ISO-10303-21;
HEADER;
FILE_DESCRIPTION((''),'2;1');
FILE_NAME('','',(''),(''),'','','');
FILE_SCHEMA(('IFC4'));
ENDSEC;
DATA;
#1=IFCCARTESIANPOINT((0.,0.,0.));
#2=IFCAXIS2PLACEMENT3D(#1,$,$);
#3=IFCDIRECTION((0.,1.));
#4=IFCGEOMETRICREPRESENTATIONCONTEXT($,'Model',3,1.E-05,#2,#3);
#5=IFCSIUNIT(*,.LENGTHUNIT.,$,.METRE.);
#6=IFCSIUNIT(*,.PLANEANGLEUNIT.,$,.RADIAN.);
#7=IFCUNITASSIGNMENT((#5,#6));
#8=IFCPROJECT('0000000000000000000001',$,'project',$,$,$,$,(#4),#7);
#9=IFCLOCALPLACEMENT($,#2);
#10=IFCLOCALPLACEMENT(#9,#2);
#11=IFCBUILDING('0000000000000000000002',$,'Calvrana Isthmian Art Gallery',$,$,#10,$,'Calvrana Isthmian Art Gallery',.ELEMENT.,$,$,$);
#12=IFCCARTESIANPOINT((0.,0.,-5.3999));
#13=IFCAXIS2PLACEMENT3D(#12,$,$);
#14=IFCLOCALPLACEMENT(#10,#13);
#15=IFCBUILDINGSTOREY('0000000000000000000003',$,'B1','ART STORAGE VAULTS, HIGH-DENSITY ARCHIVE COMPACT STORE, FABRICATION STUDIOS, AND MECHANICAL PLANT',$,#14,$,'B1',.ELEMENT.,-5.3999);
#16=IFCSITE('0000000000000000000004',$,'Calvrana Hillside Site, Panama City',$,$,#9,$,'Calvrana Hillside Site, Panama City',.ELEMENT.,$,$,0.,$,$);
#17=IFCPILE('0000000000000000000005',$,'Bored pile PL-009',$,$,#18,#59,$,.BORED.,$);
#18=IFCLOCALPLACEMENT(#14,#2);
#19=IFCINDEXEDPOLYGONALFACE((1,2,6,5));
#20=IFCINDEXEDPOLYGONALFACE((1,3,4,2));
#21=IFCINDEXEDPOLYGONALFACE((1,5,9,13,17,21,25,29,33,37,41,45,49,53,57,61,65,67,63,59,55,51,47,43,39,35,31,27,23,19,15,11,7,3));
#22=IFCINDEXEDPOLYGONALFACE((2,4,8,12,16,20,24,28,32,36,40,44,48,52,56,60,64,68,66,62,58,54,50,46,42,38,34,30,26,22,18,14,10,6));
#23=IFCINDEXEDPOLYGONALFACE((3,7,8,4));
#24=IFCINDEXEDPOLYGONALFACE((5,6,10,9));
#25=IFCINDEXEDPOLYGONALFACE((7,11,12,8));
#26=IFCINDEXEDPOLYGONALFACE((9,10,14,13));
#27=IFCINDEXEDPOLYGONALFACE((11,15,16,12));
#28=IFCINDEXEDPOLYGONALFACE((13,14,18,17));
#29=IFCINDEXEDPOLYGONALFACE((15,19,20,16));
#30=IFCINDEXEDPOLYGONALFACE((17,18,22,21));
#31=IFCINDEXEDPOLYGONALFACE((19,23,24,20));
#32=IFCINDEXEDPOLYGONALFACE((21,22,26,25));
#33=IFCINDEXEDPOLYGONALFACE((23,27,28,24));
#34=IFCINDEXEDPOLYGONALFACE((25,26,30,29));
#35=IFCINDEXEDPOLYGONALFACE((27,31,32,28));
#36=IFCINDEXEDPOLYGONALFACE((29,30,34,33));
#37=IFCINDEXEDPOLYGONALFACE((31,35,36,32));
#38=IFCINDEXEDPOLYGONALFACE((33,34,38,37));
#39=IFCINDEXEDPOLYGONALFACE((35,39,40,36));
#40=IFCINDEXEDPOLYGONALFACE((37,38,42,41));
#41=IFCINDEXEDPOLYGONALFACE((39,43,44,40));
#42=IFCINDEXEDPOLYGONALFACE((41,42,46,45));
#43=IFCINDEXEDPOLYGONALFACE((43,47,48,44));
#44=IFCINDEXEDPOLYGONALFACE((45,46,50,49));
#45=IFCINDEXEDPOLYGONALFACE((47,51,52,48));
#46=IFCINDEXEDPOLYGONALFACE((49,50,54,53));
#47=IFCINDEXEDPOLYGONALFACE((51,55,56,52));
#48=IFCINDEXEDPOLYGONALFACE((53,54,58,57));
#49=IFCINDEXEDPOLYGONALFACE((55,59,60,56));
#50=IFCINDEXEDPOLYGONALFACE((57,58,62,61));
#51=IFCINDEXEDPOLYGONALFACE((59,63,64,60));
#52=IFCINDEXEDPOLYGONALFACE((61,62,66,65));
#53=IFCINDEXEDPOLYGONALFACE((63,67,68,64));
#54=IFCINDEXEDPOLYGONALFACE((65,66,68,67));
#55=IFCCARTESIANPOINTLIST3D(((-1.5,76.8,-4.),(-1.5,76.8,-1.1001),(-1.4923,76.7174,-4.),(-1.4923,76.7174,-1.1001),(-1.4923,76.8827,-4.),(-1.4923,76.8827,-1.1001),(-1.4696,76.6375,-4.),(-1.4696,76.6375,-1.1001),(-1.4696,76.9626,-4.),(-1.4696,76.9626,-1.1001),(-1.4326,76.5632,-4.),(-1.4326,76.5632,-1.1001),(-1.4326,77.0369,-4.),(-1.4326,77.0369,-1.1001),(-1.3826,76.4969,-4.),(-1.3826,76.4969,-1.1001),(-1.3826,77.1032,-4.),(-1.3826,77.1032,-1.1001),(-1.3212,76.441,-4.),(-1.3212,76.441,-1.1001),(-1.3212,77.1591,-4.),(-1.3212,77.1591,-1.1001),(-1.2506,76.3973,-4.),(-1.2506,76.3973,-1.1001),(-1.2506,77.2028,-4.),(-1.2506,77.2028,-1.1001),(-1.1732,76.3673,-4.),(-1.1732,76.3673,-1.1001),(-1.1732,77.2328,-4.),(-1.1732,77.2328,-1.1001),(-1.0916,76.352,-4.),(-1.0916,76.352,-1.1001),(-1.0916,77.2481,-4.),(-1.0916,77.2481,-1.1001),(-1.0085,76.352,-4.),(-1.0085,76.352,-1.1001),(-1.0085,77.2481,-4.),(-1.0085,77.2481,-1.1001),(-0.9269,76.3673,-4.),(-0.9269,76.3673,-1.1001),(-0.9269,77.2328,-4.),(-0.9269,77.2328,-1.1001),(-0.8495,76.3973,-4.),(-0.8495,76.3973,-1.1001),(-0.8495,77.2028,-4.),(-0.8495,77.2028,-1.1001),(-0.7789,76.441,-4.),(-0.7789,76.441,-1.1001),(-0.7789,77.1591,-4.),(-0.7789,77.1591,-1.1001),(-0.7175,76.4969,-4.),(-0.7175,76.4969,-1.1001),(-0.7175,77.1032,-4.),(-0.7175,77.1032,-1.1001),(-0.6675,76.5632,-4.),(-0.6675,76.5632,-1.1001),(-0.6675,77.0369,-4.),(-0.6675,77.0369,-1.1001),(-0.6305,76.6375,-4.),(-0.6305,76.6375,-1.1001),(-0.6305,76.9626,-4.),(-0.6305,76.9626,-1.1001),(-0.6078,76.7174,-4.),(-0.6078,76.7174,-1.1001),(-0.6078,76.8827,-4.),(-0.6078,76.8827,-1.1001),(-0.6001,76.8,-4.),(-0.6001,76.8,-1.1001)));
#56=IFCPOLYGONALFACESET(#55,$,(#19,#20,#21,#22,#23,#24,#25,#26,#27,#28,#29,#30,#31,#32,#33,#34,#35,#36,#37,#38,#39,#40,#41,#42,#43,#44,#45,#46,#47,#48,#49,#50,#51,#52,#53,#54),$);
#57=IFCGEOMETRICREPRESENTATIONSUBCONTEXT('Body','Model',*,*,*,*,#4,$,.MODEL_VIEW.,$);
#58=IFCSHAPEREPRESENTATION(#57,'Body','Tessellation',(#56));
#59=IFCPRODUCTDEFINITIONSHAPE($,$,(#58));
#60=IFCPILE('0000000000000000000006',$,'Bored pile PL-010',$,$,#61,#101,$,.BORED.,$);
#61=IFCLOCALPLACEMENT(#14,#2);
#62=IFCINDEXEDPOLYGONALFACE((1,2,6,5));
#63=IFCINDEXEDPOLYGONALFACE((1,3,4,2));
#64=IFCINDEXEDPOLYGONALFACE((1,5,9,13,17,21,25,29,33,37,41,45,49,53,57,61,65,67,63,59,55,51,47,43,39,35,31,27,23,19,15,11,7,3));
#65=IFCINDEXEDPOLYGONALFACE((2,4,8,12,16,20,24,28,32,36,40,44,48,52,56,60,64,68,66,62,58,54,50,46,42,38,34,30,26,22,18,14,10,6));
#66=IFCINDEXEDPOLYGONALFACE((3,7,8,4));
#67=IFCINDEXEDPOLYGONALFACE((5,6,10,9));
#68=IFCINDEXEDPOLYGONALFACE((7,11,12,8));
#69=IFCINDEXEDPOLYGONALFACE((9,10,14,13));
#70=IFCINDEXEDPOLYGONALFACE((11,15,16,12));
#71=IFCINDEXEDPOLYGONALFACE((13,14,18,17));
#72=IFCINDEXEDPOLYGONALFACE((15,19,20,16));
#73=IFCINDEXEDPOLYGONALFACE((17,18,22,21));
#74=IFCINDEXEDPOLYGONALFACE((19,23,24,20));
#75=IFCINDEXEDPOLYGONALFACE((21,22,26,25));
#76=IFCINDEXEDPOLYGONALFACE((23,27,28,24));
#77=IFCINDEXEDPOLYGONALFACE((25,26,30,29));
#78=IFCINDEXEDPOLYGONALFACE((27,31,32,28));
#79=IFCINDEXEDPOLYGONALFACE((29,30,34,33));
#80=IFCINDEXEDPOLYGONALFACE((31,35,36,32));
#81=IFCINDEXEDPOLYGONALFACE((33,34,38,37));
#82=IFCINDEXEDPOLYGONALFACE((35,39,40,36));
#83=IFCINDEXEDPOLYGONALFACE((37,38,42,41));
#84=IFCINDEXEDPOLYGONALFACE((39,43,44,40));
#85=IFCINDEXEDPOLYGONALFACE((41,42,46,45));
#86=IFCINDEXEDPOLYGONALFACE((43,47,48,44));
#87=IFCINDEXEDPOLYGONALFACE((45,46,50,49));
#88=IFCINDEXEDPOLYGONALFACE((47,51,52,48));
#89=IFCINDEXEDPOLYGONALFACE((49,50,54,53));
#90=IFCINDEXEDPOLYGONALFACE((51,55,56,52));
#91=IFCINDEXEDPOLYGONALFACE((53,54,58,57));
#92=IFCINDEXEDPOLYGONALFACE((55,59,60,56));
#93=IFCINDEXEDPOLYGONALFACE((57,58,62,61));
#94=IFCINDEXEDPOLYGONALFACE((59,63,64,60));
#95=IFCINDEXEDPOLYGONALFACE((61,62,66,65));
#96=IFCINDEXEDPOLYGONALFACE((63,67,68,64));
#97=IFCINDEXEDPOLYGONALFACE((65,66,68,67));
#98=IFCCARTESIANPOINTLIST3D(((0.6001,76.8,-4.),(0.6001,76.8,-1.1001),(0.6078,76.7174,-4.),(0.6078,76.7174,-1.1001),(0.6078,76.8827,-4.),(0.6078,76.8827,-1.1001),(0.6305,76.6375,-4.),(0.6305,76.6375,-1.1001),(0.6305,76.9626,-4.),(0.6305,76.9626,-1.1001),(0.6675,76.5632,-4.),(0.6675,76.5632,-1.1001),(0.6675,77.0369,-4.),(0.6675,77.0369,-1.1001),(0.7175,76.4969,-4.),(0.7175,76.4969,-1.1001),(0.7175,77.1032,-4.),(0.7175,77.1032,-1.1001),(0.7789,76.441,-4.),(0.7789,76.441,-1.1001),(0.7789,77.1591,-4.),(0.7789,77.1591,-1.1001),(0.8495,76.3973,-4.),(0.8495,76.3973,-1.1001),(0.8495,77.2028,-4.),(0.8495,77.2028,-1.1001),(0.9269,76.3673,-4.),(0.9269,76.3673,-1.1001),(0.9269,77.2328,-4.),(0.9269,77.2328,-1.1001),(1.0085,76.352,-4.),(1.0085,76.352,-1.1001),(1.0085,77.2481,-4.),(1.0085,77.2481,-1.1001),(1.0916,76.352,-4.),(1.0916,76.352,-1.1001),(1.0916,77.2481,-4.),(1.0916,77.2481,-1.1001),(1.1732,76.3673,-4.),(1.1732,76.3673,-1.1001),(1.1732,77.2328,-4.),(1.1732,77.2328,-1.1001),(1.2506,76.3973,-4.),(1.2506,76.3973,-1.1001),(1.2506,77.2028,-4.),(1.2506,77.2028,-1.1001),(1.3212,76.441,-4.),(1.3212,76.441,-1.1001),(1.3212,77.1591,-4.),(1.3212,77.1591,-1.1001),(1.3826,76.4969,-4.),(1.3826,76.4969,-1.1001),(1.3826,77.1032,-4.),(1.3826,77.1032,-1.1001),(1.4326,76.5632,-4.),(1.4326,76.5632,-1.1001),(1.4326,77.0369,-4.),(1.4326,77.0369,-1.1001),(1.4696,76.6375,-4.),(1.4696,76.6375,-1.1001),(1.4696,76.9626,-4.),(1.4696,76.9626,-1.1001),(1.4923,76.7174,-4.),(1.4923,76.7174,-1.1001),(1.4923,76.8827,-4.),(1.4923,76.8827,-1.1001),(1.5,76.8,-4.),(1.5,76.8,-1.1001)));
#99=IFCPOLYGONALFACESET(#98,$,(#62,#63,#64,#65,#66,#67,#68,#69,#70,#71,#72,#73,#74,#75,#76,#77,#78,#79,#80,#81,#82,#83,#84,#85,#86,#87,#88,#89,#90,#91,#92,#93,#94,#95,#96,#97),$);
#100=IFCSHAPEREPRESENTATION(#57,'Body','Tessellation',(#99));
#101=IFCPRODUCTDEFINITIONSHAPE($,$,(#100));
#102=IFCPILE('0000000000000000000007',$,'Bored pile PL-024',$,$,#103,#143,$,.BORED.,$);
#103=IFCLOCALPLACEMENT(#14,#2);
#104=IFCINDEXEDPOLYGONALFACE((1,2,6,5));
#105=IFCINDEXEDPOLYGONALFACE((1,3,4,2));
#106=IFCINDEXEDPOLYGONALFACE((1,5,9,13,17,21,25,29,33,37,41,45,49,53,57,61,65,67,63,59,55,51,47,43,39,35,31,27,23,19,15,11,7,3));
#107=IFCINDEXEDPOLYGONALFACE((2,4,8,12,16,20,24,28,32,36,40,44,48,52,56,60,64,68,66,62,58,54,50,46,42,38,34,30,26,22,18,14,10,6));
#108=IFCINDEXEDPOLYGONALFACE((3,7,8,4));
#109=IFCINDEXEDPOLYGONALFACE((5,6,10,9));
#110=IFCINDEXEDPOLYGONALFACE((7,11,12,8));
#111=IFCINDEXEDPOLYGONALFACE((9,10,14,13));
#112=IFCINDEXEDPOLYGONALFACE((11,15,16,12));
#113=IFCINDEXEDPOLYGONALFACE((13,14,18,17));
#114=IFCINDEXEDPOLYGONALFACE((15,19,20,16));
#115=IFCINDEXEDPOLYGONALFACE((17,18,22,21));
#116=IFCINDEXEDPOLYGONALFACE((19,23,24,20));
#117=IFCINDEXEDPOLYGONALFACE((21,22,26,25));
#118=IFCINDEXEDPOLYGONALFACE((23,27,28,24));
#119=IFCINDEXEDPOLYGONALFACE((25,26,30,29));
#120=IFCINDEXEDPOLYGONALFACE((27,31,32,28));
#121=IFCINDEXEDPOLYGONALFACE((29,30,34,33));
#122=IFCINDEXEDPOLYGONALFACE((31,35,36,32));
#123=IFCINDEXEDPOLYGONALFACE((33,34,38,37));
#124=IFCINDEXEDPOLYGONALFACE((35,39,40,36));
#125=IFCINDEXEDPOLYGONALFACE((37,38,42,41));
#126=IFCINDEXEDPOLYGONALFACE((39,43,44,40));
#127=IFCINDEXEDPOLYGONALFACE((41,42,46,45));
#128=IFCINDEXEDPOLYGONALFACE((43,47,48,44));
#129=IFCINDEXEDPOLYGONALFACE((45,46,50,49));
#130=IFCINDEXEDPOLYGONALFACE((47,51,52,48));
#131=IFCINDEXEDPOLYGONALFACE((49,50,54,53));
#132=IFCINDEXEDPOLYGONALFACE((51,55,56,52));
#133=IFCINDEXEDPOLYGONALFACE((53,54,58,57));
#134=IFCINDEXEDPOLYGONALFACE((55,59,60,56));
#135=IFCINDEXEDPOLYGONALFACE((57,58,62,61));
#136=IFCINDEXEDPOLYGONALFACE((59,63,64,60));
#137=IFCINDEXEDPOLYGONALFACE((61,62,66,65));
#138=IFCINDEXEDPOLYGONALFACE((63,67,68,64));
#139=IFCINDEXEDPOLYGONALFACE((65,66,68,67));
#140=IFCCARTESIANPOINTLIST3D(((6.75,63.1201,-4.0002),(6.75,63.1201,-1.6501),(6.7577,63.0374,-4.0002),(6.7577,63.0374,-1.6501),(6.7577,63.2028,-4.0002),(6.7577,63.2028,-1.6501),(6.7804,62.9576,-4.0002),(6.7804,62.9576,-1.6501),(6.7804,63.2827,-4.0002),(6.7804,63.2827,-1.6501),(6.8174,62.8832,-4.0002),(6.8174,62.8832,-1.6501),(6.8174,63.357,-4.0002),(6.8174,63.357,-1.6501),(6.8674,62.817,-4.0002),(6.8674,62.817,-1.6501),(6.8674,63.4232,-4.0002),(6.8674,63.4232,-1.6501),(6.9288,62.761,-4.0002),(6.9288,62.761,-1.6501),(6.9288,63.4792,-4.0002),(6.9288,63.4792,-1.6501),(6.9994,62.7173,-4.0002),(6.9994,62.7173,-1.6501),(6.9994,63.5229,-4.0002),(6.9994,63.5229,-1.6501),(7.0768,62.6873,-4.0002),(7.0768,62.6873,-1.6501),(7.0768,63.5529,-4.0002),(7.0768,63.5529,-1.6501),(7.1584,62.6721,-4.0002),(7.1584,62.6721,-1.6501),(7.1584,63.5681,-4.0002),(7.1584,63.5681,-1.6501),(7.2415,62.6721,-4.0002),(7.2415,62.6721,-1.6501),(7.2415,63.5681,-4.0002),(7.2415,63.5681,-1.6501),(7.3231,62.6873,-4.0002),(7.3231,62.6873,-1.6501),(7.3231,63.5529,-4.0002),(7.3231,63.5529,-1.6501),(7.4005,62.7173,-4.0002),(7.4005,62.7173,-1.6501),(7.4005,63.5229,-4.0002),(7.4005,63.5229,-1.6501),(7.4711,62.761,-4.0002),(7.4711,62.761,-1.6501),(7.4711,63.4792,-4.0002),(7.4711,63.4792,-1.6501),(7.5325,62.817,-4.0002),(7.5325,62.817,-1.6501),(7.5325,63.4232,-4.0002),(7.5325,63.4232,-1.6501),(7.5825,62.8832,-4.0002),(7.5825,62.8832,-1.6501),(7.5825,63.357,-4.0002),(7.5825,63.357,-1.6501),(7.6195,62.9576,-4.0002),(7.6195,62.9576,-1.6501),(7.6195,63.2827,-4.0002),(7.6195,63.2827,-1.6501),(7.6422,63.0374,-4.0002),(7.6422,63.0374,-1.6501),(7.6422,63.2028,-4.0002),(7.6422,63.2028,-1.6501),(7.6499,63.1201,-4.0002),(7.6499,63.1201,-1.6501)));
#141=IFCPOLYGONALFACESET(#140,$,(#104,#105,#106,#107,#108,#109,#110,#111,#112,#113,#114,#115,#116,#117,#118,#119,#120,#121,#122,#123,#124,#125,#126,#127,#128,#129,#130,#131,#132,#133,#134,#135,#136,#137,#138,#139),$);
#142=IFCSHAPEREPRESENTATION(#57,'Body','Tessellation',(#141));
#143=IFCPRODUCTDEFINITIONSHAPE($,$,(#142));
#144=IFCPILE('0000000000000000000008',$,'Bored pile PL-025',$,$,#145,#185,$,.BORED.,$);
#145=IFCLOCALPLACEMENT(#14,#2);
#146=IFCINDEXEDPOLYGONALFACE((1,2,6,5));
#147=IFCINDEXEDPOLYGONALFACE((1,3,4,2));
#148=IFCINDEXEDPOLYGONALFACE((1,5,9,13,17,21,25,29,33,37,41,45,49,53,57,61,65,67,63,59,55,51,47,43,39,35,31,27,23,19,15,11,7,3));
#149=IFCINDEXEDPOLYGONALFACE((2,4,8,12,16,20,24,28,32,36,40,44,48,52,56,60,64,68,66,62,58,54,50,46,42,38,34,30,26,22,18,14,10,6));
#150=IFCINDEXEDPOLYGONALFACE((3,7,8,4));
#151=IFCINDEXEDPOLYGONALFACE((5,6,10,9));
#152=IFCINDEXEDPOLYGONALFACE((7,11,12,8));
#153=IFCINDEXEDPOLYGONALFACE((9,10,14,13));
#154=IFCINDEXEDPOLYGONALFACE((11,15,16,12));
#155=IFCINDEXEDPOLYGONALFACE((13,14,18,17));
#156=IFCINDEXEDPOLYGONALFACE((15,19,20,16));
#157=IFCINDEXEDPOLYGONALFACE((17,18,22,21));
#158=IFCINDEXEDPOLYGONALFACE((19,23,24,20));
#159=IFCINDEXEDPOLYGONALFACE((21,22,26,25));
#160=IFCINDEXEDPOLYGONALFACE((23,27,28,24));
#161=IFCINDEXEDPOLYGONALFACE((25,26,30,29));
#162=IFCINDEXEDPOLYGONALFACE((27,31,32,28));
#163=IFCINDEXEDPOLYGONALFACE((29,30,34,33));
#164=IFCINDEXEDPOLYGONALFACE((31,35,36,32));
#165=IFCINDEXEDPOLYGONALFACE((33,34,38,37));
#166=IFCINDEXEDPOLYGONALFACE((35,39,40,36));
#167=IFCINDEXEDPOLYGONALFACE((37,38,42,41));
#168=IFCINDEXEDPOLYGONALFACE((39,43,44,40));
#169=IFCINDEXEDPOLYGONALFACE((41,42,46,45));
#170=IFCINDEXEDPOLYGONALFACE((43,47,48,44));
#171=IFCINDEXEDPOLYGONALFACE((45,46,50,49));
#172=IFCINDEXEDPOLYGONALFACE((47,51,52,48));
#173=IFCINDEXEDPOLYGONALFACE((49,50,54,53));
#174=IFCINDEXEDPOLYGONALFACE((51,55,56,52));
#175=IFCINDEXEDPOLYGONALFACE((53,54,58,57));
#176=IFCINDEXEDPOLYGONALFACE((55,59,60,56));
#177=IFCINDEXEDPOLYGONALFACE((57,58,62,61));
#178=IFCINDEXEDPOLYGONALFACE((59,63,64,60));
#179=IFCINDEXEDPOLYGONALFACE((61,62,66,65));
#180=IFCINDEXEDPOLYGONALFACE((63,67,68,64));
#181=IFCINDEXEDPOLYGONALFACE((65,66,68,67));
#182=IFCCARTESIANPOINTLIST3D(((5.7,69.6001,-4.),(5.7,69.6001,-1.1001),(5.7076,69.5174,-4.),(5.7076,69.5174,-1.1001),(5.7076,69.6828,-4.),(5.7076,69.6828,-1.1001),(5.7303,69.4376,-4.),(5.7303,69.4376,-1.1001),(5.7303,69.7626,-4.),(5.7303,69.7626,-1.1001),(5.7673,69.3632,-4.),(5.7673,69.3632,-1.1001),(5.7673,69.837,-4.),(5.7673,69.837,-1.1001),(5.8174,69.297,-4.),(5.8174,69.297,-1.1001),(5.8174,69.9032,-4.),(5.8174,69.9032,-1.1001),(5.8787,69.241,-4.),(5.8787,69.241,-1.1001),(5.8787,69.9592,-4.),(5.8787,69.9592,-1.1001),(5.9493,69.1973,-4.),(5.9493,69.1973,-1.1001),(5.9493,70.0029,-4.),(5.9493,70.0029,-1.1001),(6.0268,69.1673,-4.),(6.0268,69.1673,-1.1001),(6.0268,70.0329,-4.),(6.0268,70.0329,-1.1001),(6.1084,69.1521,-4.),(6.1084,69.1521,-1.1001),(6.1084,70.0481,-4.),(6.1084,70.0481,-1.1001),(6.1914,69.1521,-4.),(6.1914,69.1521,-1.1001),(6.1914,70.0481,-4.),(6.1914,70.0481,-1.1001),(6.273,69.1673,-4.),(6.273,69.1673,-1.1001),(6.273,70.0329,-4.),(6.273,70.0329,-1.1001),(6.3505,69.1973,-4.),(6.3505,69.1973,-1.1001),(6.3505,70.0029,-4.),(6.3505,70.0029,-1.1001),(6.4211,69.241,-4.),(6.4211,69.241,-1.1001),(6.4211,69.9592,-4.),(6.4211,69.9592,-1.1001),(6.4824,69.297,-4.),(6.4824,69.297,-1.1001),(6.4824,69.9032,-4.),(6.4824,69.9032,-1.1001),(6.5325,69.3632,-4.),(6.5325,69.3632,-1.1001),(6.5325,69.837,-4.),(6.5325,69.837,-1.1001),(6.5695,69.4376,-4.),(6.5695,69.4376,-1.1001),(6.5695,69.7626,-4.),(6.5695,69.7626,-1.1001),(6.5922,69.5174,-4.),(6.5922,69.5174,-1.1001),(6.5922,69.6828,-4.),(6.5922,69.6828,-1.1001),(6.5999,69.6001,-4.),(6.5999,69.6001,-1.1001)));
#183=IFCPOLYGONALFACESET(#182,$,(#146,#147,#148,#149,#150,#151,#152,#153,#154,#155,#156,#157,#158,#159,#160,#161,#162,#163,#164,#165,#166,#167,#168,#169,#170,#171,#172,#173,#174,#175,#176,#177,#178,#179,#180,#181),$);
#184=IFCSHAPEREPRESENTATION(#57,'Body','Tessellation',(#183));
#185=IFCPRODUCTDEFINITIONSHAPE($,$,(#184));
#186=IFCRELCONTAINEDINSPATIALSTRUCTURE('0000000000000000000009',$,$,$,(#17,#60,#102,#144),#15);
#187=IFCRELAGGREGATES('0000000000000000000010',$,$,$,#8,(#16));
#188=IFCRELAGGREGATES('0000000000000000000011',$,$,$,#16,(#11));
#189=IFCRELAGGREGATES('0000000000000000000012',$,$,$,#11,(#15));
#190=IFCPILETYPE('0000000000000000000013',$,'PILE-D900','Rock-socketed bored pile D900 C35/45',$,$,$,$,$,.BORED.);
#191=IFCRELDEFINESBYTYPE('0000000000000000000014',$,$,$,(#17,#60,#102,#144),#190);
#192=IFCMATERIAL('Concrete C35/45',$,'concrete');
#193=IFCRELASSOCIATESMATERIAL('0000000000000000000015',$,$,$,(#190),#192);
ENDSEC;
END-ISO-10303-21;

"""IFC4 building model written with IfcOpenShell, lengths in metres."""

from ifc_helpers import new_model, si_unit, direction, frame, origin, origin_2d, place, context, subcontext, project, spatial, circle, extrude, material, material_profile, profile_set, type_object, element, save


model = new_model("IFC4")

# Units and contexts
model_context = context("Model", 3, precision=1e-05, world=origin(), true_north=direction((0.0, 1.0)))
body_context = subcontext(model_context, "Body", "Model", "MODEL_VIEW")
ifc_project = project(units=[si_unit("LENGTHUNIT", "METRE"), si_unit("PLANEANGLEUNIT", "RADIAN")], contexts=[model_context])

# Site, building, storey
site_placement = place(None, origin())
site = spatial("IfcSite", under=ifc_project, at=site_placement, Name="Calvrana Hillside Site, Panama City", LongName="Calvrana Hillside Site, Panama City", CompositionType="ELEMENT", RefElevation=0.0)
building_placement = place(site_placement, origin())
building = spatial("IfcBuilding", under=site, at=building_placement, Name="Calvrana Isthmian Art Gallery", LongName="Calvrana Isthmian Art Gallery", CompositionType="ELEMENT")
storey_placement = place(building_placement, frame((0.0, 0.0, -5.3999)))
storey = spatial("IfcBuildingStorey", under=building, at=storey_placement, Name="B1", Description="ART STORAGE VAULTS, HIGH-DENSITY ARCHIVE COMPACT STORE, FABRICATION STUDIOS, AND MECHANICAL PLANT", LongName="B1", CompositionType="ELEMENT", Elevation=-5.3999)

# Shared definitions
ifc_material_1 = material(Name="Concrete C35/45", Category="concrete")

# Piles
ifc_material_profile_1 = material_profile(ifc_material_1, circle(Radius=0.45, at=origin_2d()), Name="PILE900D")
ifc_profile_set_1 = profile_set([ifc_material_profile_1], Name="Concrete C35/45")
pile_type = type_object("IfcPileType", Name="PILE-D900", Description="Rock-socketed bored pile D900 C35/45", PredefinedType="BORED", material=ifc_profile_set_1)
for number, where, z_axis, x_axis, name in (
    (1, (-1.05, 76.8, -1.1001), (0.0, 0.0, -1.0), (1.0, 0.0, 0.0), "Bored pile PL-009"),
    (2, (1.05, 76.8, -1.1001), (0.0, 0.0, -1.0), (1.0, 0.0, 0.0), "Bored pile PL-010"),
):
    element("IfcPile", number, at=place(storey_placement, frame(where, z_axis=z_axis, x_axis=x_axis)), inside=storey, type_object=pile_type, Name=name, PredefinedType="BORED", context=body_context, shape_type="SweptSolid", body=[
        extrude(circle(Radius=0.45, at=origin_2d()), origin(), (0.0, 0.0, 1.0), 2.8999),
    ])
pile_1_placement = place(storey_placement, frame((7.2, 63.1201, -1.6501), z_axis=(0.0, 0.0, -1.0), x_axis=(1.0, 0.0, 0.0)))
element("IfcPile", 3, at=pile_1_placement, inside=storey, type_object=pile_type, Name="Bored pile PL-024", PredefinedType="BORED", context=body_context, shape_type="SweptSolid", body=[
    extrude(circle(Radius=0.45, at=origin_2d()), origin(), (0.0, 0.0, 1.0), 2.3501),
])
for number, where, z_axis, x_axis, name in (
    (4, (6.1499, 69.6001, -1.1001), (0.0, 0.0, -1.0), (1.0, 0.0, 0.0), "Bored pile PL-025"),
):
    element("IfcPile", number, at=place(storey_placement, frame(where, z_axis=z_axis, x_axis=x_axis)), inside=storey, type_object=pile_type, Name=name, PredefinedType="BORED", context=body_context, shape_type="SweptSolid", body=[
        extrude(circle(Radius=0.45, at=origin_2d()), origin(), (0.0, 0.0, 1.0), 2.8999),
    ])

save(model, "model.ifc")
